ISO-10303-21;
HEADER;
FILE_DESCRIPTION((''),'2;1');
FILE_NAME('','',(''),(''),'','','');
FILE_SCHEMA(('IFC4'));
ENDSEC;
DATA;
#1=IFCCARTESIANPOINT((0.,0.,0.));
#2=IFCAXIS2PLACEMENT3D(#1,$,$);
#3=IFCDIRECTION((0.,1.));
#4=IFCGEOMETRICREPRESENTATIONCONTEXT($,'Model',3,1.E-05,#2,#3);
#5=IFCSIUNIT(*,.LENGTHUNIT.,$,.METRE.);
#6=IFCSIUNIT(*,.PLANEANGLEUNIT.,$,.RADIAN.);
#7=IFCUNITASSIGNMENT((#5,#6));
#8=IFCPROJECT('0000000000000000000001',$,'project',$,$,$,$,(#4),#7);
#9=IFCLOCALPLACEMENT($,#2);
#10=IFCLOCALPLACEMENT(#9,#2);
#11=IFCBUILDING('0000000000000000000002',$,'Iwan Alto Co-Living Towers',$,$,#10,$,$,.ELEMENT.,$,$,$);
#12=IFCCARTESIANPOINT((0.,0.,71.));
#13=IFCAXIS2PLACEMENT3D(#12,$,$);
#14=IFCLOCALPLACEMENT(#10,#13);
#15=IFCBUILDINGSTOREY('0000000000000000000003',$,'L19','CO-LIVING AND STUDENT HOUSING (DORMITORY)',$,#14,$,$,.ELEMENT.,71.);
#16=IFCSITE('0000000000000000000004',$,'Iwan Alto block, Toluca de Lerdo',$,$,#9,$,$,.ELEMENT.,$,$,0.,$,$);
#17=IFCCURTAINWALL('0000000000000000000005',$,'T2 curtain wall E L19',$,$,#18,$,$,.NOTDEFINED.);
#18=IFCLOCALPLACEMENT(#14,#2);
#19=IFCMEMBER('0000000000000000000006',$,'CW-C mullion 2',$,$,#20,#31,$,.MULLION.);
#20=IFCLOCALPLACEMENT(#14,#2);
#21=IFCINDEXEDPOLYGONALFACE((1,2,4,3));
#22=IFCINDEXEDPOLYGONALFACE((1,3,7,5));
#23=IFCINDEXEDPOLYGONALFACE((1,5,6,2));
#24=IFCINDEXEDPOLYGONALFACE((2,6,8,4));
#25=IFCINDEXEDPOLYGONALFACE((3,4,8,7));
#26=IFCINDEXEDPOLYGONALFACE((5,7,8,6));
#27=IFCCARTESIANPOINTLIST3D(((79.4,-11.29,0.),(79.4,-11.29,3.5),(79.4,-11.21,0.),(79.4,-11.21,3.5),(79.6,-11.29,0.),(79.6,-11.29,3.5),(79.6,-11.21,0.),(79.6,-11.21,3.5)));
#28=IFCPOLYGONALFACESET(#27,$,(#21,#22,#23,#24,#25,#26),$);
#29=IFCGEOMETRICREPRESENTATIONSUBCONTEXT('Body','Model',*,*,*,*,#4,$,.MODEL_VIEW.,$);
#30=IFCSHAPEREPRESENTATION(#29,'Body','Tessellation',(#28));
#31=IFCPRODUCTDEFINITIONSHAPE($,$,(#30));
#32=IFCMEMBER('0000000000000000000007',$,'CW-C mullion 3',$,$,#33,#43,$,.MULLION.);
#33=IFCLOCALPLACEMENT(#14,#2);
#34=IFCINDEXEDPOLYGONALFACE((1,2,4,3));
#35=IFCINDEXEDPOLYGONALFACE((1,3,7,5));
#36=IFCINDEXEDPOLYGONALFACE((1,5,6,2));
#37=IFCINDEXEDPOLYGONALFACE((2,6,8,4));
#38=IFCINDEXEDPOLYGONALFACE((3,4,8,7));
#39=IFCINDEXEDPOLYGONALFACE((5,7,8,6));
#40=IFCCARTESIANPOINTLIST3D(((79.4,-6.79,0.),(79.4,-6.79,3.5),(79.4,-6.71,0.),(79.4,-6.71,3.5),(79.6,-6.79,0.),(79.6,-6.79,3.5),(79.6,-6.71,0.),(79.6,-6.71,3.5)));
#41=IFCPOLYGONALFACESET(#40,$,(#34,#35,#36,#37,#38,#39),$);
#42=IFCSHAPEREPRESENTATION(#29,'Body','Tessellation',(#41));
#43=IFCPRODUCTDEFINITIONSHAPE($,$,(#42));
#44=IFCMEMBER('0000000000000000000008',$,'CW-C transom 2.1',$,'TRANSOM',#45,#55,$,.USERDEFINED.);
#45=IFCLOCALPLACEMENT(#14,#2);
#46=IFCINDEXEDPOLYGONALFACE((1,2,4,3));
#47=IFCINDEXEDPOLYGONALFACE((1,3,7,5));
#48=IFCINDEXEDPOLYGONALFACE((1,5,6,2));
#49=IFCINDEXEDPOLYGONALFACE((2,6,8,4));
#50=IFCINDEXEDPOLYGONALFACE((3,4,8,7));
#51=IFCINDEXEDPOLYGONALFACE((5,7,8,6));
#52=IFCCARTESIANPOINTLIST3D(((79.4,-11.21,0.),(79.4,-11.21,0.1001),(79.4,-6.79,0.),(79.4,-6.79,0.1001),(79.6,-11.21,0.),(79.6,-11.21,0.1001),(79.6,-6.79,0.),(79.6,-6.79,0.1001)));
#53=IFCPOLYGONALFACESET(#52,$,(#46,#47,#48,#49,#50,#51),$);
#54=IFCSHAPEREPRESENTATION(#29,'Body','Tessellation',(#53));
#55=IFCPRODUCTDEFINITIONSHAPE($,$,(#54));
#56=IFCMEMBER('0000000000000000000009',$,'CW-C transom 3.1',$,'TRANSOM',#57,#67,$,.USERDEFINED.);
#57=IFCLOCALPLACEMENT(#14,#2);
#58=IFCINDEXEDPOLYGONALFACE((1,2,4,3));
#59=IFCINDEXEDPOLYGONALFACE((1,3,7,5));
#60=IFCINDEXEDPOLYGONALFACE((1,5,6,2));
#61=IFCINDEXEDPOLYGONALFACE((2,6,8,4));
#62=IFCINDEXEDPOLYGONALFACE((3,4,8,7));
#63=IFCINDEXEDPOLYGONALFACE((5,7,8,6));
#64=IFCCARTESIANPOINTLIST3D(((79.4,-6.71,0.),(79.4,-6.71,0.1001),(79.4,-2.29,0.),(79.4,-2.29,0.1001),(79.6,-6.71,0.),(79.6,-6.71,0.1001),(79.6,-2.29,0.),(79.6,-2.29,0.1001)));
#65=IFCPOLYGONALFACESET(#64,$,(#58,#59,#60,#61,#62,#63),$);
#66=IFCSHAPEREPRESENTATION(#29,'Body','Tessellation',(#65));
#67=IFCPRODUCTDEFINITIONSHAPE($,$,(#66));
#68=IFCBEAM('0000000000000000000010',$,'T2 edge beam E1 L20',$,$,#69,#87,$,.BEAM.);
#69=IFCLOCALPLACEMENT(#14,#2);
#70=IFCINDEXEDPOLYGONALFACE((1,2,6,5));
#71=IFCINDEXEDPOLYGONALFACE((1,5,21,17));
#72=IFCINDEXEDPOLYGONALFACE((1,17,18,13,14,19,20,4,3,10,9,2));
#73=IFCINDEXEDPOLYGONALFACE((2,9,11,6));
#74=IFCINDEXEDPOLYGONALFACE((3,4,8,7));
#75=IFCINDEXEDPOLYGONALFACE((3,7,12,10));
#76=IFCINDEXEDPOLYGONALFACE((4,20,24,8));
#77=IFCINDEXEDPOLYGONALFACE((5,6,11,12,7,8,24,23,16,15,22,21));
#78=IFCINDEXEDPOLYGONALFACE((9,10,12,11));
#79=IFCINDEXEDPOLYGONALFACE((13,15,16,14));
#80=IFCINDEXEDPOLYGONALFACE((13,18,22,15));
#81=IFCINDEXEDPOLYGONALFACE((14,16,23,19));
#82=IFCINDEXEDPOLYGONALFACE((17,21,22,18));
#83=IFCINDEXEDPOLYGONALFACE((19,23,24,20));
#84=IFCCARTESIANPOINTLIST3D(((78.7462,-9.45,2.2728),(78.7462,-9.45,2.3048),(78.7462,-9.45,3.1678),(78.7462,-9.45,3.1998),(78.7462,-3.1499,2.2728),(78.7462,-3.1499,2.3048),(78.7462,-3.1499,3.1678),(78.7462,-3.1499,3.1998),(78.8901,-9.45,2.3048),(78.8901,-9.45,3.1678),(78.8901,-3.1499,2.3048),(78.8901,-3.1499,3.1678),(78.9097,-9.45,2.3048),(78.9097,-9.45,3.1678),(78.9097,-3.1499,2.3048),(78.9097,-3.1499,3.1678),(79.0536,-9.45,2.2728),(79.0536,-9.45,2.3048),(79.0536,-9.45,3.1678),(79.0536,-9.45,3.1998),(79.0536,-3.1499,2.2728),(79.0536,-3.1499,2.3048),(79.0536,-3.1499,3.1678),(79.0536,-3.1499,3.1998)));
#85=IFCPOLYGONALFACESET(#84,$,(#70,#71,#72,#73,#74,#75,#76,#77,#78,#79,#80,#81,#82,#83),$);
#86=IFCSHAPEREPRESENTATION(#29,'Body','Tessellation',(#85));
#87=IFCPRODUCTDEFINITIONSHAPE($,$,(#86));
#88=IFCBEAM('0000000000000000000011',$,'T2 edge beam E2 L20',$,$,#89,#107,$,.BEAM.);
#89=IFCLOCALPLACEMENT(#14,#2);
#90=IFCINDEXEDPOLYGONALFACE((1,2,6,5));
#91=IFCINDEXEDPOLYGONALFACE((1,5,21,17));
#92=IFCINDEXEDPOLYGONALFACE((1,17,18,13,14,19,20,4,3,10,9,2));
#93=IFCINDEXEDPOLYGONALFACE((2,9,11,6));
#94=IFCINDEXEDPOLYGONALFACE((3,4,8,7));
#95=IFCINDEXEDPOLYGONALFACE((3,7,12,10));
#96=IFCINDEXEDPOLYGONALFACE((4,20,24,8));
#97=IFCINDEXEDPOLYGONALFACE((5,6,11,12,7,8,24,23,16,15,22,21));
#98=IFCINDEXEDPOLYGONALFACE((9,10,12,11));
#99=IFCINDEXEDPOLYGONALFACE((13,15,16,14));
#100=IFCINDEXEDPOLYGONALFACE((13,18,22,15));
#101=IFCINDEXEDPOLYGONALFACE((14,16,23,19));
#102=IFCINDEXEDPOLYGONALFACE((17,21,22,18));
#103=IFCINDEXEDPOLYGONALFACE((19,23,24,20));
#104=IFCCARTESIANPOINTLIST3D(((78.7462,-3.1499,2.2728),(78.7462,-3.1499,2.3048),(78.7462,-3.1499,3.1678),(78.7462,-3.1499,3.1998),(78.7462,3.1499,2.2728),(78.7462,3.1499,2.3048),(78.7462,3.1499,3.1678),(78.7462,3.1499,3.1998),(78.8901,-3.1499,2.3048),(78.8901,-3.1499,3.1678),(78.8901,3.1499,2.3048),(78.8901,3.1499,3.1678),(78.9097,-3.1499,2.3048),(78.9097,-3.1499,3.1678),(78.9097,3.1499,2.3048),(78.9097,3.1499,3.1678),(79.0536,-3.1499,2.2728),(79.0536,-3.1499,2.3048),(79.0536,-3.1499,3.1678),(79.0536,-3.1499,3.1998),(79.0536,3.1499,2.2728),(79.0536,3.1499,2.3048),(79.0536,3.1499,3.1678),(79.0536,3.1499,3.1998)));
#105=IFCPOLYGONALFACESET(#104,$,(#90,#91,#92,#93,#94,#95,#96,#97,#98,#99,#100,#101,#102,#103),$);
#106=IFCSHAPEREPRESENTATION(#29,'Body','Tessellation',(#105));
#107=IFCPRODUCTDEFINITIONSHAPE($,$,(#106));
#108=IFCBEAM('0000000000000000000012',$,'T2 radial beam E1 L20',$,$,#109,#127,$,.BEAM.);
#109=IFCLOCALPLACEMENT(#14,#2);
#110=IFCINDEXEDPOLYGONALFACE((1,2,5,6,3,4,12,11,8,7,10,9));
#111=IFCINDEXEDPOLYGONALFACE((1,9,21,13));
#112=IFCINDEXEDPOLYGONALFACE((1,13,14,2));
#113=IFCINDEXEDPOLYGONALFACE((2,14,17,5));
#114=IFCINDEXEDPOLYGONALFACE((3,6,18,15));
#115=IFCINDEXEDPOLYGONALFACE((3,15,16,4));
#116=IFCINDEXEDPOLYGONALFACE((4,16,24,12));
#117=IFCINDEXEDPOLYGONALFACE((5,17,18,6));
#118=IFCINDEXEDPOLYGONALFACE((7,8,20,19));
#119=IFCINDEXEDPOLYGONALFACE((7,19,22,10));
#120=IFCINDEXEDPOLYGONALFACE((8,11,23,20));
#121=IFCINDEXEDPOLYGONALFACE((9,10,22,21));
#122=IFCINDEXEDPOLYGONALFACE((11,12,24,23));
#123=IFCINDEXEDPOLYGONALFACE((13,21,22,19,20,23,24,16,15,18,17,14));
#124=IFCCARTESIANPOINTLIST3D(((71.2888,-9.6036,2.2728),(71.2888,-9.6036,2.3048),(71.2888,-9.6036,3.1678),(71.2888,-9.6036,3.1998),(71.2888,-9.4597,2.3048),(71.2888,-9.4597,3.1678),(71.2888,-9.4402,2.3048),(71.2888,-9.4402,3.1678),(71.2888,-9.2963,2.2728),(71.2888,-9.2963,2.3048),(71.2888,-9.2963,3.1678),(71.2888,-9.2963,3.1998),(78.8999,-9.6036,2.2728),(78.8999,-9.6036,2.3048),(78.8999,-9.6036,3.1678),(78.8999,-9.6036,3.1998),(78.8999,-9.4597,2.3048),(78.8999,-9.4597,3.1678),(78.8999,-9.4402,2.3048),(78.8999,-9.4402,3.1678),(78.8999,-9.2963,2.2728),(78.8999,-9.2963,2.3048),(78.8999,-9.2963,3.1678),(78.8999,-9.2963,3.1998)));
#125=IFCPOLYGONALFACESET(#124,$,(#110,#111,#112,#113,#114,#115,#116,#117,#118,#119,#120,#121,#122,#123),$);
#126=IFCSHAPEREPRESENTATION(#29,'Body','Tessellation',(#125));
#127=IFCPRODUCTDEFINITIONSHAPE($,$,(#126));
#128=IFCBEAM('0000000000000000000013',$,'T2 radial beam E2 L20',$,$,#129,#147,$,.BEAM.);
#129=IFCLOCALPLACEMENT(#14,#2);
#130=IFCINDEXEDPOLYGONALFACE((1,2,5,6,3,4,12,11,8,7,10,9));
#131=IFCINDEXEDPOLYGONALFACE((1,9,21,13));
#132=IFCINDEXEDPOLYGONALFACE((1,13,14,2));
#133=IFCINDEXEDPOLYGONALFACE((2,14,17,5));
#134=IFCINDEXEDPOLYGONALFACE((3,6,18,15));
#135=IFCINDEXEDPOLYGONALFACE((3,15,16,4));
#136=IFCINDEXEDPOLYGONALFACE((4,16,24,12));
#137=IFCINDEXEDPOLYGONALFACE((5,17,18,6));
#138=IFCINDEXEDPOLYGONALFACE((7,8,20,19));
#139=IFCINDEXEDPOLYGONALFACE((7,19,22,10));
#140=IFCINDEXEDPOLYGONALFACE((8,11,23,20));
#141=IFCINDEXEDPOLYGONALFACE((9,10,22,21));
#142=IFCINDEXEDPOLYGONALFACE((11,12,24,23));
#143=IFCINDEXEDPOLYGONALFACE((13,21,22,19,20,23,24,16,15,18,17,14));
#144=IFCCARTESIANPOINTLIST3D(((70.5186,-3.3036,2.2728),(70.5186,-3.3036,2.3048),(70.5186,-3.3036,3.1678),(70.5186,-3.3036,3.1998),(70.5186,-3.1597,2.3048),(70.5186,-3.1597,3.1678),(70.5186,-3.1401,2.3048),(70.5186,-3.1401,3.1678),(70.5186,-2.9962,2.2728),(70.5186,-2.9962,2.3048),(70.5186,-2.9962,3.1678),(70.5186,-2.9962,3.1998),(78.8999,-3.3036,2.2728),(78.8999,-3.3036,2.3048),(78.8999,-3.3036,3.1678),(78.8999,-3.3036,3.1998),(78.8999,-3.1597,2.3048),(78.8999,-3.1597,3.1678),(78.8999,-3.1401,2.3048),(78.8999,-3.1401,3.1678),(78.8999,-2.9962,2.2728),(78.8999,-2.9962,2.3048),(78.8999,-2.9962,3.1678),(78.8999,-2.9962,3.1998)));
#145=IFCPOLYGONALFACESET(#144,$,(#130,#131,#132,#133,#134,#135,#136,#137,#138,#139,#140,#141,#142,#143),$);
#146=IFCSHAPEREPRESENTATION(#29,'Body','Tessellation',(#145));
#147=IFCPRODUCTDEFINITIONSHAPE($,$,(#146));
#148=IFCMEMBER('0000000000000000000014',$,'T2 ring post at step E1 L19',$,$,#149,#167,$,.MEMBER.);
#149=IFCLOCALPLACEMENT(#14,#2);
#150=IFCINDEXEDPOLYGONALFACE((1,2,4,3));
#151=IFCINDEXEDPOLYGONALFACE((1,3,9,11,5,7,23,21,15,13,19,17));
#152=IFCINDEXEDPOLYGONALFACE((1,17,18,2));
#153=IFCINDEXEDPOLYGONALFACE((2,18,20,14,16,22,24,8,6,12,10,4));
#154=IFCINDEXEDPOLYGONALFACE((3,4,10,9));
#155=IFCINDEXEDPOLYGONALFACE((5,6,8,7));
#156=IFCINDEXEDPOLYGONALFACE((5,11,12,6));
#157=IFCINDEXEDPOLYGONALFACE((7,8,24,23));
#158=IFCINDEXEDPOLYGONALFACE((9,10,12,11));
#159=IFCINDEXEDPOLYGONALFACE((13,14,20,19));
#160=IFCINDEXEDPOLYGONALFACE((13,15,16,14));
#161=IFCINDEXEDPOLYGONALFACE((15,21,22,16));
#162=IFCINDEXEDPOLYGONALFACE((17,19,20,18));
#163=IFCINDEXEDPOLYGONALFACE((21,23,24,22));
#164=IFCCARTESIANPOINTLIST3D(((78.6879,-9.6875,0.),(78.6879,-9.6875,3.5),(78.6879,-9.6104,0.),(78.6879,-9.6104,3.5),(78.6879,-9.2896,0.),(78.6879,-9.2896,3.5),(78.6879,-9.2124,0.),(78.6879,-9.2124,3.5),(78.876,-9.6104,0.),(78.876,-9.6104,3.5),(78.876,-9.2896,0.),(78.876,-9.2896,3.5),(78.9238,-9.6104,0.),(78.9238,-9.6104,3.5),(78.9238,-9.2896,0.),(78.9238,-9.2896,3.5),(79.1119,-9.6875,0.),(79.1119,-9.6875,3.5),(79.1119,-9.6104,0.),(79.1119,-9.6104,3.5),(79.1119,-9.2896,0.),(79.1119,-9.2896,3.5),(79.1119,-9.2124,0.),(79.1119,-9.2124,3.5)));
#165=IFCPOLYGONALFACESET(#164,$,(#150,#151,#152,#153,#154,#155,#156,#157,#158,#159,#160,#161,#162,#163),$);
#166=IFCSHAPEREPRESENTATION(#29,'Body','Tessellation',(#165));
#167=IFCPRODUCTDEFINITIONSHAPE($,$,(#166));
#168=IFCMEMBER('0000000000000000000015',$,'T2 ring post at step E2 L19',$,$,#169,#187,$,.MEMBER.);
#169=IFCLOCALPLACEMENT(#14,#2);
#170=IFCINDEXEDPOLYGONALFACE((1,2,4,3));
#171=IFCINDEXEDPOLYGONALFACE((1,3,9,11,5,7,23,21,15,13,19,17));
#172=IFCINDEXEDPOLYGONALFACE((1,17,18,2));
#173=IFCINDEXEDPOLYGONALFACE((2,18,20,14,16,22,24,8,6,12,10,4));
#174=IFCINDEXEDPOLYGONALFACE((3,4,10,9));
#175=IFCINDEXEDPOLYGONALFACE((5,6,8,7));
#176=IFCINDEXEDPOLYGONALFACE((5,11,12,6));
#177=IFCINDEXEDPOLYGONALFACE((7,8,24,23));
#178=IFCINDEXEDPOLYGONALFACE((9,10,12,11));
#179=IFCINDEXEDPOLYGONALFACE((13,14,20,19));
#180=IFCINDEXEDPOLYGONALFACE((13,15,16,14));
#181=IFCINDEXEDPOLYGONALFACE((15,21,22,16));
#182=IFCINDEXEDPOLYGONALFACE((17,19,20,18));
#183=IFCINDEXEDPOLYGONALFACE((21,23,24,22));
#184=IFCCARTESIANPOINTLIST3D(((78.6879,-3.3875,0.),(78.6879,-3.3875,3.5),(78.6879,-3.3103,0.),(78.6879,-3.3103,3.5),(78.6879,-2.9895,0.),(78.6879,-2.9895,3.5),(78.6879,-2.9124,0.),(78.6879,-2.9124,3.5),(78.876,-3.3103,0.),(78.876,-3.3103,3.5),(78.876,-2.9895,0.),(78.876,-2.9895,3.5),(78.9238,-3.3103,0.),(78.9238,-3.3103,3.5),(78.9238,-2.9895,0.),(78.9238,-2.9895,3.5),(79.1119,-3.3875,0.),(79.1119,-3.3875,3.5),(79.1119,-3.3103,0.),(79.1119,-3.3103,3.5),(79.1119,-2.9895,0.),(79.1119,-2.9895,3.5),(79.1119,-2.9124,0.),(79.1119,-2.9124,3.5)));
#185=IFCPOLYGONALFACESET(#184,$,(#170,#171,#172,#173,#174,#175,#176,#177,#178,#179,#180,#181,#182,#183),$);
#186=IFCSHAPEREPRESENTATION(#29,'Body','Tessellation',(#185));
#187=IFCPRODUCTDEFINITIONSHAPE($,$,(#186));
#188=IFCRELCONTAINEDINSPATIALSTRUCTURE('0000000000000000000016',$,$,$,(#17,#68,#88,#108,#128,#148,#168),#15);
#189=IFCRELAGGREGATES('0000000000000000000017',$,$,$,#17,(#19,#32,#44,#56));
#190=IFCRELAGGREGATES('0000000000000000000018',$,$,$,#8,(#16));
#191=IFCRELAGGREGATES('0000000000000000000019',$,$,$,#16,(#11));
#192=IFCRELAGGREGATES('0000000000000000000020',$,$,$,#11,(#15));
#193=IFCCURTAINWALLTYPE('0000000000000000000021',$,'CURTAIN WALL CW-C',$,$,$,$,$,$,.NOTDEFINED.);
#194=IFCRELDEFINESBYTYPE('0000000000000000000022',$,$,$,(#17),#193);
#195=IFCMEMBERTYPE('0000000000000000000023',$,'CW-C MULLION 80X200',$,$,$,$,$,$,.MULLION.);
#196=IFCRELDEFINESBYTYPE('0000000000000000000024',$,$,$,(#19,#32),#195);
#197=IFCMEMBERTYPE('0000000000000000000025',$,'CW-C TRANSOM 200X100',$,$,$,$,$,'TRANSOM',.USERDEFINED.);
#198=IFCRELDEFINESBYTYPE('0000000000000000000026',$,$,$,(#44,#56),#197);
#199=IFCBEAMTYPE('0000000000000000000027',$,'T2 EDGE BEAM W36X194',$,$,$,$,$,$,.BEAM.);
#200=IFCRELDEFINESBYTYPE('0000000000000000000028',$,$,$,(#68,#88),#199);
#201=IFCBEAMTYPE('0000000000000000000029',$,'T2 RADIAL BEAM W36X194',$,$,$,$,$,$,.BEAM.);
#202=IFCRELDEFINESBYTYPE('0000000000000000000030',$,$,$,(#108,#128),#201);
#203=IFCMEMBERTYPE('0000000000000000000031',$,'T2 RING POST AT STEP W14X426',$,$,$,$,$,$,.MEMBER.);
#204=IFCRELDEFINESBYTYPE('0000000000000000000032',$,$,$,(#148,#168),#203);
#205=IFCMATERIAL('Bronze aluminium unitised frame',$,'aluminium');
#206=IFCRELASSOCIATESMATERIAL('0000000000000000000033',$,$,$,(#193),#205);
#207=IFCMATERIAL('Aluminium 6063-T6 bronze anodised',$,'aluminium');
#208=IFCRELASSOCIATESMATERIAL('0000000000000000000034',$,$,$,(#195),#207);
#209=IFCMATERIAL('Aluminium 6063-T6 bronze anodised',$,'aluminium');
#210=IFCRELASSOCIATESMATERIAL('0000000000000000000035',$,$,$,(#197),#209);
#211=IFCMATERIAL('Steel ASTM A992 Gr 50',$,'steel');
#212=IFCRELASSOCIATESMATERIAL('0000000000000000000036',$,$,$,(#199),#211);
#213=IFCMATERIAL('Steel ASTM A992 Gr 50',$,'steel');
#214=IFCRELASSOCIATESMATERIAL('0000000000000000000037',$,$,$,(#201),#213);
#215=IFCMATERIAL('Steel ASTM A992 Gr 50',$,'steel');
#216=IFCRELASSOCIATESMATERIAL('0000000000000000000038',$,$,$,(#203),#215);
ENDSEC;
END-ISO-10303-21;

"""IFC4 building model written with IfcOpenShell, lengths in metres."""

from ifc_helpers import new_model, si_unit, direction, frame, origin, origin_2d, place, context, subcontext, project, spatial, rectangle, i_section, extrude, material, material_profile, profile_set, type_object, element, aggregate, save


model = new_model("IFC4")

# Units and contexts
model_context = context("Model", 3, precision=1e-05, world=origin(), true_north=direction((0.0, 1.0)))
body_context = subcontext(model_context, "Body", "Model", "MODEL_VIEW")
ifc_project = project(units=[si_unit("LENGTHUNIT", "METRE"), si_unit("PLANEANGLEUNIT", "RADIAN")], contexts=[model_context])

# Site, building, storey
site_placement = place(None, origin())
site = spatial("IfcSite", under=ifc_project, at=site_placement, Name="Iwan Alto block, Toluca de Lerdo", CompositionType="ELEMENT", RefElevation=0.0)
building_placement = place(site_placement, origin())
building = spatial("IfcBuilding", under=site, at=building_placement, Name="Iwan Alto Co-Living Towers", CompositionType="ELEMENT")
storey_placement = place(building_placement, frame((0.0, 0.0, 71.0)))
storey = spatial("IfcBuildingStorey", under=building, at=storey_placement, Name="L19", Description="CO-LIVING AND STUDENT HOUSING (DORMITORY)", CompositionType="ELEMENT", Elevation=71.0)

# Curtain wall, members
ifc_material_1 = material(Name="Bronze aluminium unitised frame", Category="aluminium")
curtain_wall_type = type_object("IfcCurtainWallType", Name="CURTAIN WALL CW-C", PredefinedType="NOTDEFINED", material=ifc_material_1)
curtain_wall_placement = place(storey_placement, origin())
curtain_wall = element("IfcCurtainWall", 1, at=curtain_wall_placement, inside=storey, type_object=curtain_wall_type, Name="T2 curtain wall E L19", PredefinedType="NOTDEFINED")
ifc_material_2 = material(Name="Aluminium 6063-T6 bronze anodised", Category="aluminium")
ifc_material_profile_1 = material_profile(ifc_material_2, rectangle(XDim=0.2, YDim=0.0801, at=origin_2d()), Name="AL 80X200")
ifc_profile_set_1 = profile_set([ifc_material_profile_1], Name="Aluminium 6063-T6 bronze anodised")
member_type_1 = type_object("IfcMemberType", Name="CW-C MULLION 80X200", PredefinedType="MULLION", material=ifc_profile_set_1)
member_1_placement = place(storey_placement, frame((79.5, -11.25, 0.0), z_axis=(0.0, 0.0, 1.0), x_axis=(-1.0, 0.0, 0.0)))
member_1 = element("IfcMember", 2, at=member_1_placement, type_object=member_type_1, Name="CW-C mullion 2", PredefinedType="MULLION", context=body_context, shape_type="SweptSolid", body=[
    extrude(rectangle(XDim=0.2, YDim=0.0801, at=origin_2d()), origin(), (0.0, 0.0, 1.0), 3.5),
])
member_2_placement = place(storey_placement, frame((79.5, -6.75, 0.0), z_axis=(0.0, 0.0, 1.0), x_axis=(-1.0, 0.0, 0.0)))
member_2 = element("IfcMember", 3, at=member_2_placement, type_object=member_type_1, Name="CW-C mullion 3", PredefinedType="MULLION", context=body_context, shape_type="SweptSolid", body=[
    extrude(rectangle(XDim=0.2, YDim=0.0801, at=origin_2d()), origin(), (0.0, 0.0, 1.0), 3.5),
])
ifc_material_3 = material(Name="Aluminium 6063-T6 bronze anodised", Category="aluminium")
ifc_material_profile_2 = material_profile(ifc_material_3, rectangle(XDim=0.2, YDim=0.1001, at=origin_2d()), Name="AL 200X100")
ifc_profile_set_2 = profile_set([ifc_material_profile_2], Name="Aluminium 6063-T6 bronze anodised")
member_type_2 = type_object("IfcMemberType", Name="CW-C TRANSOM 200X100", ElementType="TRANSOM", PredefinedType="USERDEFINED", material=ifc_profile_set_2)
member_3_placement = place(storey_placement, frame((79.5, -11.21, 0.05), z_axis=(0.0, 1.0, 0.0), x_axis=(-1.0, 0.0, 0.0)))
member_3 = element("IfcMember", 4, at=member_3_placement, type_object=member_type_2, Name="CW-C transom 2.1", ObjectType="TRANSOM", PredefinedType="USERDEFINED", context=body_context, shape_type="SweptSolid", body=[
    extrude(rectangle(XDim=0.2, YDim=0.1001, at=origin_2d()), origin(), (0.0, 0.0, 1.0), 4.4199),
])
member_4_placement = place(storey_placement, frame((79.5, -6.71, 0.05), z_axis=(0.0, 1.0, 0.0), x_axis=(-1.0, 0.0, 0.0)))
member_4 = element("IfcMember", 5, at=member_4_placement, type_object=member_type_2, Name="CW-C transom 3.1", ObjectType="TRANSOM", PredefinedType="USERDEFINED", context=body_context, shape_type="SweptSolid", body=[
    extrude(rectangle(XDim=0.2, YDim=0.1001, at=origin_2d()), origin(), (0.0, 0.0, 1.0), 4.4199),
])

# Beams
ifc_material_4 = material(Name="Steel ASTM A992 Gr 50", Category="steel")
ifc_material_profile_3 = material_profile(ifc_material_4, i_section(OverallWidth=0.3074, OverallDepth=0.927, WebThickness=0.0195, FlangeThickness=0.032, at=origin_2d()), Name="W36X194")
ifc_profile_set_3 = profile_set([ifc_material_profile_3], Name="Steel ASTM A992 Gr 50")
beam_type_1 = type_object("IfcBeamType", Name="T2 EDGE BEAM W36X194", PredefinedType="BEAM", material=ifc_profile_set_3)
beam_1_placement = place(storey_placement, frame((78.8999, -9.45, 2.7363), z_axis=(0.0, 1.0, 0.0), x_axis=(-1.0, 0.0, 0.0)))
element("IfcBeam", 6, at=beam_1_placement, inside=storey, type_object=beam_type_1, Name="T2 edge beam E1 L20", PredefinedType="BEAM", context=body_context, shape_type="SweptSolid", body=[
    extrude(i_section(OverallWidth=0.3074, OverallDepth=0.927, WebThickness=0.0195, FlangeThickness=0.032, at=origin_2d()), origin(), (0.0, 0.0, 1.0), 6.3),
])
beam_2_placement = place(storey_placement, frame((78.8999, -3.1499, 2.7363), z_axis=(0.0, 1.0, 0.0), x_axis=(-1.0, 0.0, 0.0)))
element("IfcBeam", 7, at=beam_2_placement, inside=storey, type_object=beam_type_1, Name="T2 edge beam E2 L20", PredefinedType="BEAM", context=body_context, shape_type="SweptSolid", body=[
    extrude(i_section(OverallWidth=0.3074, OverallDepth=0.927, WebThickness=0.0195, FlangeThickness=0.032, at=origin_2d()), origin(), (0.0, 0.0, 1.0), 6.2998),
])
ifc_material_5 = material(Name="Steel ASTM A992 Gr 50", Category="steel")
ifc_material_profile_4 = material_profile(ifc_material_5, i_section(OverallWidth=0.3074, OverallDepth=0.927, WebThickness=0.0195, FlangeThickness=0.032, at=origin_2d()), Name="W36X194")
ifc_profile_set_4 = profile_set([ifc_material_profile_4], Name="Steel ASTM A992 Gr 50")
beam_type_2 = type_object("IfcBeamType", Name="T2 RADIAL BEAM W36X194", PredefinedType="BEAM", material=ifc_profile_set_4)
beam_3_placement = place(storey_placement, frame((78.8999, -9.45, 2.7363), z_axis=(-1.0, 0.0, 0.0), x_axis=(0.0, -1.0, 0.0)))
element("IfcBeam", 8, at=beam_3_placement, inside=storey, type_object=beam_type_2, Name="T2 radial beam E1 L20", PredefinedType="BEAM", context=body_context, shape_type="SweptSolid", body=[
    extrude(i_section(OverallWidth=0.3074, OverallDepth=0.927, WebThickness=0.0195, FlangeThickness=0.032, at=origin_2d()), origin(), (0.0, 0.0, 1.0), 7.6111),
])
beam_4_placement = place(storey_placement, frame((78.8999, -3.1499, 2.7363), z_axis=(-1.0, 0.0, 0.0), x_axis=(0.0, -1.0, 0.0)))
element("IfcBeam", 9, at=beam_4_placement, inside=storey, type_object=beam_type_2, Name="T2 radial beam E2 L20", PredefinedType="BEAM", context=body_context, shape_type="SweptSolid", body=[
    extrude(i_section(OverallWidth=0.3074, OverallDepth=0.927, WebThickness=0.0195, FlangeThickness=0.032, at=origin_2d()), origin(), (0.0, 0.0, 1.0), 8.3813),
])

# Members
ifc_material_6 = material(Name="Steel ASTM A992 Gr 50", Category="steel")
ifc_material_profile_5 = material_profile(ifc_material_6, i_section(OverallWidth=0.4241, OverallDepth=0.4751, WebThickness=0.0479, FlangeThickness=0.0771, at=origin_2d()), Name="W14X426")
ifc_profile_set_5 = profile_set([ifc_material_profile_5], Name="Steel ASTM A992 Gr 50")
member_type_3 = type_object("IfcMemberType", Name="T2 RING POST AT STEP W14X426", PredefinedType="MEMBER", material=ifc_profile_set_5)
for number, where, z_axis, x_axis, name in (
    (10, (78.8999, -9.45, 0.0), (0.0, 0.0, 1.0), (1.0, 0.0, 0.0), "T2 ring post at step E1 L19"),
    (11, (78.8999, -3.1499, 0.0), (0.0, 0.0, 1.0), (1.0, 0.0, 0.0), "T2 ring post at step E2 L19"),
):
    element("IfcMember", number, at=place(storey_placement, frame(where, z_axis=z_axis, x_axis=x_axis)), inside=storey, type_object=member_type_3, Name=name, PredefinedType="MEMBER", context=body_context, shape_type="SweptSolid", body=[
        extrude(i_section(OverallWidth=0.4241, OverallDepth=0.4751, WebThickness=0.0479, FlangeThickness=0.0771, at=origin_2d()), origin(), (0.0, 0.0, 1.0), 3.5),
    ])

aggregate(curtain_wall, [member_1, member_2, member_3, member_4])

save(model, "model.ifc")
